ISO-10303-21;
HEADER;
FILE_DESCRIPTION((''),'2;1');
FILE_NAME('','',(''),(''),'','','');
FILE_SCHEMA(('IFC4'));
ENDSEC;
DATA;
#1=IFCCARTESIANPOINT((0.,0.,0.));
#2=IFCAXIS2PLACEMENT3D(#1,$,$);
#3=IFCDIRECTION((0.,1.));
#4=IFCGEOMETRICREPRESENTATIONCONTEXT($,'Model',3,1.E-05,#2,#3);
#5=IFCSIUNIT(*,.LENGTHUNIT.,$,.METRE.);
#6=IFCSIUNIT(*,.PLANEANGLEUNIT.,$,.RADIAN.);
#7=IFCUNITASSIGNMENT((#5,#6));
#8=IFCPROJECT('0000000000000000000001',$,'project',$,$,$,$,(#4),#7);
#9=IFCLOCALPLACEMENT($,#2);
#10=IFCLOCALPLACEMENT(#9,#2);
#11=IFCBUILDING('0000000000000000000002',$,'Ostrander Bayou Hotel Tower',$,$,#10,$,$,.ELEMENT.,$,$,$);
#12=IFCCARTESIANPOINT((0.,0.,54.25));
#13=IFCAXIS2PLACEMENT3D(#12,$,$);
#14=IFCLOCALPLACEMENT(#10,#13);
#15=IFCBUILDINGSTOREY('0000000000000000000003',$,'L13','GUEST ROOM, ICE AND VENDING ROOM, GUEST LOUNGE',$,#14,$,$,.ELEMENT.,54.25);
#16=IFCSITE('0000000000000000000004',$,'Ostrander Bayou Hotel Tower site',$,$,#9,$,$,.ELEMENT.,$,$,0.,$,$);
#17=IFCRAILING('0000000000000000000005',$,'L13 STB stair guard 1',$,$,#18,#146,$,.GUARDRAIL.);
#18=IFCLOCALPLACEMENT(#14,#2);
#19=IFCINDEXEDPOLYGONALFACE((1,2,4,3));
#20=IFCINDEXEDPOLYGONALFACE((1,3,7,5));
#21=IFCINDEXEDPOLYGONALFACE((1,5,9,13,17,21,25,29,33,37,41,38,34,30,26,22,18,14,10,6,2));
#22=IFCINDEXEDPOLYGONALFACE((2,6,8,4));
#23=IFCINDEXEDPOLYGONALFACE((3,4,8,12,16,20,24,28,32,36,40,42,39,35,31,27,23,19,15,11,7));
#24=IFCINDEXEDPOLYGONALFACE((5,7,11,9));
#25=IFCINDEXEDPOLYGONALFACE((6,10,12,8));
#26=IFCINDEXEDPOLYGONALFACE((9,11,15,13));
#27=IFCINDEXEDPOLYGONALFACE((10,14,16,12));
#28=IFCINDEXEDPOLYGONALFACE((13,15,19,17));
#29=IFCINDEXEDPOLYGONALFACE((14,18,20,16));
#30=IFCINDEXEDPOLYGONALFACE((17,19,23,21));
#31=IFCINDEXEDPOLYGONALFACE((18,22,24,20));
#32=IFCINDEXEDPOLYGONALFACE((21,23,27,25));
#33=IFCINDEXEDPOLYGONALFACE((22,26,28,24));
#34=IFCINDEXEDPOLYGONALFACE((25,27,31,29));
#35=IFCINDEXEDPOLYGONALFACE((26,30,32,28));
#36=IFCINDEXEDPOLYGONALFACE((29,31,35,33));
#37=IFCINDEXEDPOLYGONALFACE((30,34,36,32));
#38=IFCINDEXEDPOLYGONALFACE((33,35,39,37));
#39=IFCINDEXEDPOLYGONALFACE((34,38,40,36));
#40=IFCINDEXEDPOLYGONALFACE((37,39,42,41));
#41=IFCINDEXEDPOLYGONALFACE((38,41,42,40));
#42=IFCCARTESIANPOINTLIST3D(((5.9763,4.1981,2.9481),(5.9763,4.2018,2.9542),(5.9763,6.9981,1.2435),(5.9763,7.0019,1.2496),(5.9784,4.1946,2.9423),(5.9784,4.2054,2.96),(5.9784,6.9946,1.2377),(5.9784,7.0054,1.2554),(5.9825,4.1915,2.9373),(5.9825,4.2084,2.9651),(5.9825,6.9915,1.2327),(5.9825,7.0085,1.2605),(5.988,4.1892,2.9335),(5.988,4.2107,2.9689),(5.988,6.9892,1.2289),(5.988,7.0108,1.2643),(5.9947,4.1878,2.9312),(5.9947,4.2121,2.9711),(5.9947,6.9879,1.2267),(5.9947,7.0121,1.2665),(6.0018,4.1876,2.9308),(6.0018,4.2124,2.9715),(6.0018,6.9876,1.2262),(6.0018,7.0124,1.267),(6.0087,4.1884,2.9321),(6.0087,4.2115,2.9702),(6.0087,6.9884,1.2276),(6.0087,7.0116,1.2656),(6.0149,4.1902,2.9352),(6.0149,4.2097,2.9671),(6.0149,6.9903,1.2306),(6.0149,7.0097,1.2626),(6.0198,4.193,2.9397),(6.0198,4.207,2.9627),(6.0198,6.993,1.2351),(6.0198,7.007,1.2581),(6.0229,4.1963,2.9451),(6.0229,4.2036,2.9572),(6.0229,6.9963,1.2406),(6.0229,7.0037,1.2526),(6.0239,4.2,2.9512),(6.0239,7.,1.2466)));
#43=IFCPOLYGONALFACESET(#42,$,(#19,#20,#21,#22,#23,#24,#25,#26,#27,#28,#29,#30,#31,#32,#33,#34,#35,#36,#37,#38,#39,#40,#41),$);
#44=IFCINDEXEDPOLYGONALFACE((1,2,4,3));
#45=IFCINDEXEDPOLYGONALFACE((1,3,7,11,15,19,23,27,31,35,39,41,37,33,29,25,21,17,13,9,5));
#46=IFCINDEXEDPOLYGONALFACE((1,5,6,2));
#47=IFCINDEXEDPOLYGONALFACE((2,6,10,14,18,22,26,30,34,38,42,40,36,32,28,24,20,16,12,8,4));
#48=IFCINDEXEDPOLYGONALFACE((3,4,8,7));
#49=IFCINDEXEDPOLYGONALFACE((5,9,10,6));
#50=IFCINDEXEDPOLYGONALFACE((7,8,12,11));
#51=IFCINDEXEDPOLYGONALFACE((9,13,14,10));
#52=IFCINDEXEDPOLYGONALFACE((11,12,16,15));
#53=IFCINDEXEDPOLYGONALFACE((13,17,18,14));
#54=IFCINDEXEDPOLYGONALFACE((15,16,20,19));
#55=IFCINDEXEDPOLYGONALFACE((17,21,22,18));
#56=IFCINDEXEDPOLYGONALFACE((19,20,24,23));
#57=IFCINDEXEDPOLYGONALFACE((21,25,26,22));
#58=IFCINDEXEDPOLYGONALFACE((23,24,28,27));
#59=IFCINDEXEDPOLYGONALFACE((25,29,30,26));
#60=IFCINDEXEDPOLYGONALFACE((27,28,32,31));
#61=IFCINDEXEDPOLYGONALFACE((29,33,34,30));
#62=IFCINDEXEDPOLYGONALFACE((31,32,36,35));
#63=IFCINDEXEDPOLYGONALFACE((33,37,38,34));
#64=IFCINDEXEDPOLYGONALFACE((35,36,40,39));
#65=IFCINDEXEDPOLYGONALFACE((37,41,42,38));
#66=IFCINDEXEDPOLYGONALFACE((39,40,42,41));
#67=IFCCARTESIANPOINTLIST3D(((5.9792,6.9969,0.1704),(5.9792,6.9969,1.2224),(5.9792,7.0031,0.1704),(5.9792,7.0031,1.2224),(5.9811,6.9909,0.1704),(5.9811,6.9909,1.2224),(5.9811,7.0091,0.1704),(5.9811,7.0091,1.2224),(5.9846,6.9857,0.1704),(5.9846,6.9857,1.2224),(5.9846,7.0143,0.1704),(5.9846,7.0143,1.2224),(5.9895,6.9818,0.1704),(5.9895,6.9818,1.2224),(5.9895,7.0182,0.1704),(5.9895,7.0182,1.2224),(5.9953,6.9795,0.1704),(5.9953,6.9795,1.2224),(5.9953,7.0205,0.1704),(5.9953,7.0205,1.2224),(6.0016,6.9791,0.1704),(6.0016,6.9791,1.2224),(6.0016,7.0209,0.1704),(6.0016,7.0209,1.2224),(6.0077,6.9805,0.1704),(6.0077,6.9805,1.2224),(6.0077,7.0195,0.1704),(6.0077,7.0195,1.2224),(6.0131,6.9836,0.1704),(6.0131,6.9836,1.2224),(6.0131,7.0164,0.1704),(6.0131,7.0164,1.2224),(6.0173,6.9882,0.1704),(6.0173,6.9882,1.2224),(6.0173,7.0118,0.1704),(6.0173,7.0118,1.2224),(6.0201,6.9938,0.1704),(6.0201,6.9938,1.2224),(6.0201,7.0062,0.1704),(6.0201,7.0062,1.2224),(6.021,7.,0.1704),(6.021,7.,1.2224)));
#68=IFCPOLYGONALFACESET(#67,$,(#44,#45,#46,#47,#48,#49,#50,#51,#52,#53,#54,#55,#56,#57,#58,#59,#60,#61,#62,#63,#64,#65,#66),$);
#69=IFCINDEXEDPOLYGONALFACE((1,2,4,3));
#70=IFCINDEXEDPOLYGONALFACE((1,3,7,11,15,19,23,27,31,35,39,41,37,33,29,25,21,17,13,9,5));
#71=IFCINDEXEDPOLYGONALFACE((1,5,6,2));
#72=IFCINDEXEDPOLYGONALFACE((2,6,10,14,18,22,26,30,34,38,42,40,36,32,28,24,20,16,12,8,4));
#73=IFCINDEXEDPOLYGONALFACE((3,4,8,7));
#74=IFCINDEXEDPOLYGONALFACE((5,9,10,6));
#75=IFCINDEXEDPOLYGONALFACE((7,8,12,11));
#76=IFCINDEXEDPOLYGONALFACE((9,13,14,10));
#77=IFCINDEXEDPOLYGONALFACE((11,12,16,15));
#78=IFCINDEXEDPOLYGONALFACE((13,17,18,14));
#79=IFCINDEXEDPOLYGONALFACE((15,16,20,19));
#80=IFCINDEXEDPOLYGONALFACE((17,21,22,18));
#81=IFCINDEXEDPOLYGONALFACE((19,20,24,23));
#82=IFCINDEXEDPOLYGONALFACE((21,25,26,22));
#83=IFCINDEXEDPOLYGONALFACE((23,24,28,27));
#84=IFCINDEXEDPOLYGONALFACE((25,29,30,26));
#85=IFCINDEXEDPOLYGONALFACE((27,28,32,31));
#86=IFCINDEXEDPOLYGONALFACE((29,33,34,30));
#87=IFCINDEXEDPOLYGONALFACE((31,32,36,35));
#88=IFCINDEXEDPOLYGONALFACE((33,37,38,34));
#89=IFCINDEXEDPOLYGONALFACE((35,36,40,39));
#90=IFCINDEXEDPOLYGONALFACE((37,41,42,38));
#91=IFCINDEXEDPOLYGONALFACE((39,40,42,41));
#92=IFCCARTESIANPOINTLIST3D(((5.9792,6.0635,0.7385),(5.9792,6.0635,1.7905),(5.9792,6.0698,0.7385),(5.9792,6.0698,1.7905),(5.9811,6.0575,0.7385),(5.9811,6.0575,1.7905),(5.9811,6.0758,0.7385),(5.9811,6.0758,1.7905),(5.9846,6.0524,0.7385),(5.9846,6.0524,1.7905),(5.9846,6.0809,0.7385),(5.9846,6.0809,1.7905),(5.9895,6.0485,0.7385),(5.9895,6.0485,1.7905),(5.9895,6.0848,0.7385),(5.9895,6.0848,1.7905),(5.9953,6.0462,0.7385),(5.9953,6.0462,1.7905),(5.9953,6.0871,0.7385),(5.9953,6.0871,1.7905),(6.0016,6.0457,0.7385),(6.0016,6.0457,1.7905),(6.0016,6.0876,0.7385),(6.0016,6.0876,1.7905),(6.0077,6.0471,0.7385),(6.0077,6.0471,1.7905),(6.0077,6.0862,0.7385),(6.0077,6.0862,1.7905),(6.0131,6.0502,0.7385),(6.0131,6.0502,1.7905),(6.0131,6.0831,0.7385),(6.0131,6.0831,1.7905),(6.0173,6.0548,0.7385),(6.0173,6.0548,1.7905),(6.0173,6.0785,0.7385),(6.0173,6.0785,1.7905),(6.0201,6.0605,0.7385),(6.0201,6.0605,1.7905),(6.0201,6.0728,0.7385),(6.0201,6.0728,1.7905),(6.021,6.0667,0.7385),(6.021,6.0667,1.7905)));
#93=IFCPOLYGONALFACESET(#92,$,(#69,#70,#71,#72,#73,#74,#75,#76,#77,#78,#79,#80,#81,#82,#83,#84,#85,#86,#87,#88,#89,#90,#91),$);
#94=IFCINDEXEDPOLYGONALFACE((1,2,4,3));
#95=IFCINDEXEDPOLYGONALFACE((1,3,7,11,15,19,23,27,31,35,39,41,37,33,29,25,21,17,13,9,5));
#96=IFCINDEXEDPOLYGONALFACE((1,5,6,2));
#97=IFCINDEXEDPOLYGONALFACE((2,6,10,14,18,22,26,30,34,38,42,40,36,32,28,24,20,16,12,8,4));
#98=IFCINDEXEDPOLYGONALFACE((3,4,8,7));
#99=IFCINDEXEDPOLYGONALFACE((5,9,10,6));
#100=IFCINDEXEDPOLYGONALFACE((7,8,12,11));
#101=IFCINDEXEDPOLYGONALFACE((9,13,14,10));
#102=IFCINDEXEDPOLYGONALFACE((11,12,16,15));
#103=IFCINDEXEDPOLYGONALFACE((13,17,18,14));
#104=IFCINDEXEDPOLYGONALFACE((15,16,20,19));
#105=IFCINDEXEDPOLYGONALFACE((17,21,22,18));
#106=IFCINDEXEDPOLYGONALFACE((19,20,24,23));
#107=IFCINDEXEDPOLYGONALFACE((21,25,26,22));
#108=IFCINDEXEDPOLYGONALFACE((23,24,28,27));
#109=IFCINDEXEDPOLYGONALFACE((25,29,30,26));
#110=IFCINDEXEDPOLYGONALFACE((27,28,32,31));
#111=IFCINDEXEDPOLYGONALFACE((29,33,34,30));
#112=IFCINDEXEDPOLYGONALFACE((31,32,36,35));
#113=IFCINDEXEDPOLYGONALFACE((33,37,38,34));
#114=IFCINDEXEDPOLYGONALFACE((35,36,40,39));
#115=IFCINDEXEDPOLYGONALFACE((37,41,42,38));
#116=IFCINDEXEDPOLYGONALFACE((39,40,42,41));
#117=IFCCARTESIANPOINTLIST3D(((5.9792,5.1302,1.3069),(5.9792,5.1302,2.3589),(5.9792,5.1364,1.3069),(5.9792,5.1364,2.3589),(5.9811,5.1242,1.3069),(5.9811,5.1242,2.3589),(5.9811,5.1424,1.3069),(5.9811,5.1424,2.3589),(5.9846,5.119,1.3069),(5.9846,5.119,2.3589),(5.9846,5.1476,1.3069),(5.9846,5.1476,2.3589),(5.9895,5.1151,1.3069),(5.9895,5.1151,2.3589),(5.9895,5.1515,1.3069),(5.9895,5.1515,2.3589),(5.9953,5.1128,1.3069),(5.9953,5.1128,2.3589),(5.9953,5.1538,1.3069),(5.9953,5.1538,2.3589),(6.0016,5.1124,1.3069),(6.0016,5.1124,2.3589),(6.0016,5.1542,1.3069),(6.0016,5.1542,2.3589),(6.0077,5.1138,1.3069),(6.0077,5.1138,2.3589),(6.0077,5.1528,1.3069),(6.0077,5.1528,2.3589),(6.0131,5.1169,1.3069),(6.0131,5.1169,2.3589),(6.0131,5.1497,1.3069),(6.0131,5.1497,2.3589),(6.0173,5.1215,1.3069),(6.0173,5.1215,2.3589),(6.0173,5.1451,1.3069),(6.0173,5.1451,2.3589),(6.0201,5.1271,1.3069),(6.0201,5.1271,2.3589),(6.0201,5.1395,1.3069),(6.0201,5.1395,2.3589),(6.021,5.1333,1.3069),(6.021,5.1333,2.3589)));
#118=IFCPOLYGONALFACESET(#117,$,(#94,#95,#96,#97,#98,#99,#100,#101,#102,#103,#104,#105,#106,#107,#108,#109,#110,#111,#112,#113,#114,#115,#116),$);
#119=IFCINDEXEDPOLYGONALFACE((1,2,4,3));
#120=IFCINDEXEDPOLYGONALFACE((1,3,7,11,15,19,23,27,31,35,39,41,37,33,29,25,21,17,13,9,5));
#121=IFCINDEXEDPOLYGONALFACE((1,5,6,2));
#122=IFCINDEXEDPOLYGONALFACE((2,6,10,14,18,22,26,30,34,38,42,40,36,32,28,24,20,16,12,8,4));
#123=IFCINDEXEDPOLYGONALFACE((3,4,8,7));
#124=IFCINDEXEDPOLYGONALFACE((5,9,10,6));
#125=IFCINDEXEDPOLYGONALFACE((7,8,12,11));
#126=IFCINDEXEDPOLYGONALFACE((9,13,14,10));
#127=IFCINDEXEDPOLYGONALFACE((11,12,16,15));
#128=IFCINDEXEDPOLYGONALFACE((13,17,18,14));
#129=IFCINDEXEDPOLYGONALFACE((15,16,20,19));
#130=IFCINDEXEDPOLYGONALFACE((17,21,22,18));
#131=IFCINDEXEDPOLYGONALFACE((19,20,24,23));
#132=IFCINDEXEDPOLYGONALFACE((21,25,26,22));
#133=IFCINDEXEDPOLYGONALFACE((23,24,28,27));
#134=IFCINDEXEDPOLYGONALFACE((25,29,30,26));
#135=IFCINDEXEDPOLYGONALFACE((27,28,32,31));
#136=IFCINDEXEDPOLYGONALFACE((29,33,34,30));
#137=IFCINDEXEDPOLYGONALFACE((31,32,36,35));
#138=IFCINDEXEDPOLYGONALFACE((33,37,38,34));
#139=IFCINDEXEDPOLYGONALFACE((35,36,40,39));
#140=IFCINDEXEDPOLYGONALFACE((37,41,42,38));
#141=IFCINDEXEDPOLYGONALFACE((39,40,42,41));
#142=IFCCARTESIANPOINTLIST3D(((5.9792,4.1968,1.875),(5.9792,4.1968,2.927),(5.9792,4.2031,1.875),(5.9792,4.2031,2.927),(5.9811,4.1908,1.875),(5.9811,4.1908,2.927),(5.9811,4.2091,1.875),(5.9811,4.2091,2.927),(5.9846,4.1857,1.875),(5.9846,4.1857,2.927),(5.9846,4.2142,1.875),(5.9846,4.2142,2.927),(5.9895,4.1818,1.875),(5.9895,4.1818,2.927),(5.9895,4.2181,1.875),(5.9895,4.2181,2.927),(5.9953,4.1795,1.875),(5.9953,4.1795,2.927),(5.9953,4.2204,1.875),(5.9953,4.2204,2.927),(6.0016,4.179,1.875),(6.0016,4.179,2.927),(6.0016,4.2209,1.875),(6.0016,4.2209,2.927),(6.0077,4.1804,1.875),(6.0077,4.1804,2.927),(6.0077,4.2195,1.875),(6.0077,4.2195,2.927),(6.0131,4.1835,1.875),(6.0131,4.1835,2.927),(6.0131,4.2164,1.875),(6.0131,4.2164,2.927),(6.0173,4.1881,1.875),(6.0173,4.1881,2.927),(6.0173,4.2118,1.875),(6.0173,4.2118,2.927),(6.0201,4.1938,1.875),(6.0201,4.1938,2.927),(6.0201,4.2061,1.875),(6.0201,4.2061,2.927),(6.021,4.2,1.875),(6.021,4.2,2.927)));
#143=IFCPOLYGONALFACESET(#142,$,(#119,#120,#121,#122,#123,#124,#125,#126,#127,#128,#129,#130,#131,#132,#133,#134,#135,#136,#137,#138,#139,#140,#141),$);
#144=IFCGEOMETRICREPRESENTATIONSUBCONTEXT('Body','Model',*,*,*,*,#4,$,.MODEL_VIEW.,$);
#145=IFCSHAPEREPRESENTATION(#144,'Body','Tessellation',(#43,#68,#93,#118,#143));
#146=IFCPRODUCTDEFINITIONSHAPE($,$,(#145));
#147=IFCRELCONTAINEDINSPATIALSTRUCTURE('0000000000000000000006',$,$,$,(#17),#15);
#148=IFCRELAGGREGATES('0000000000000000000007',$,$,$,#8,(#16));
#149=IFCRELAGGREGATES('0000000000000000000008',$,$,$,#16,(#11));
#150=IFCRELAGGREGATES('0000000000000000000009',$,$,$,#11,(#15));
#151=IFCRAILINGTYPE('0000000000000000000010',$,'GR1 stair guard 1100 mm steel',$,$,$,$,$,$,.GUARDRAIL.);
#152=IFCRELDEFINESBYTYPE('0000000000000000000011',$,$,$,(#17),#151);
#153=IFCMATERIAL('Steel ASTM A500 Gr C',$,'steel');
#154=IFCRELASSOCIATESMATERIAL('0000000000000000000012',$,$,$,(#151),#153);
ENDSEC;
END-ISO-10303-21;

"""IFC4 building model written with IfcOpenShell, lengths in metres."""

from ifc_helpers import new_model, si_unit, direction, frame, origin, origin_2d, place, context, subcontext, project, spatial, circle, extrude, material, type_object, element, save


model = new_model("IFC4")

# Units and contexts
model_context = context("Model", 3, precision=1e-05, world=origin(), true_north=direction((0.0, 1.0)))
body_context = subcontext(model_context, "Body", "Model", "MODEL_VIEW")
ifc_project = project(units=[si_unit("LENGTHUNIT", "METRE"), si_unit("PLANEANGLEUNIT", "RADIAN")], contexts=[model_context])

# Site, building, storey
site_placement = place(None, origin())
site = spatial("IfcSite", under=ifc_project, at=site_placement, Name="Ostrander Bayou Hotel Tower site", CompositionType="ELEMENT", RefElevation=0.0)
building_placement = place(site_placement, origin())
building = spatial("IfcBuilding", under=site, at=building_placement, Name="Ostrander Bayou Hotel Tower", CompositionType="ELEMENT")
storey_placement = place(building_placement, frame((0.0, 0.0, 54.25)))
storey = spatial("IfcBuildingStorey", under=building, at=storey_placement, Name="L13", Description="GUEST ROOM, ICE AND VENDING ROOM, GUEST LOUNGE", CompositionType="ELEMENT", Elevation=54.25)

# Railing
ifc_material_1 = material(Name="Steel ASTM A500 Gr C", Category="steel")
railing_type_1 = type_object("IfcRailingType", Name="GR1 stair guard 1100 mm steel", PredefinedType="GUARDRAIL", material=ifc_material_1)
railing_1_placement = place(storey_placement, frame((6.0, 7.0, 0.1704)))
element("IfcRailing", 1, at=railing_1_placement, inside=storey, type_object=railing_type_1, Name="L13 STB stair guard 1", PredefinedType="GUARDRAIL", context=body_context, shape_type="SweptSolid", body=[
    extrude(circle(Radius=0.0239, at=origin_2d()), frame((0.0, 0.0, 1.0762), z_axis=(0.0, -0.85417, 0.519994), x_axis=(1.0, 0.0, 0.0)), (0.0, 0.0, 1.0), 3.2781),
    extrude(circle(Radius=0.021, at=origin_2d()), origin(), (0.0, 0.0, 1.0), 1.052),
    extrude(circle(Radius=0.021, at=origin_2d()), frame((0.0, -0.9333, 0.5681)), (0.0, 0.0, 1.0), 1.052),
    extrude(circle(Radius=0.021, at=origin_2d()), frame((0.0, -1.8667, 1.1365)), (0.0, 0.0, 1.0), 1.052),
    extrude(circle(Radius=0.021, at=origin_2d()), frame((0.0, -2.8, 1.7046)), (0.0, 0.0, 1.0), 1.052),
])

save(model, "model.ifc")
